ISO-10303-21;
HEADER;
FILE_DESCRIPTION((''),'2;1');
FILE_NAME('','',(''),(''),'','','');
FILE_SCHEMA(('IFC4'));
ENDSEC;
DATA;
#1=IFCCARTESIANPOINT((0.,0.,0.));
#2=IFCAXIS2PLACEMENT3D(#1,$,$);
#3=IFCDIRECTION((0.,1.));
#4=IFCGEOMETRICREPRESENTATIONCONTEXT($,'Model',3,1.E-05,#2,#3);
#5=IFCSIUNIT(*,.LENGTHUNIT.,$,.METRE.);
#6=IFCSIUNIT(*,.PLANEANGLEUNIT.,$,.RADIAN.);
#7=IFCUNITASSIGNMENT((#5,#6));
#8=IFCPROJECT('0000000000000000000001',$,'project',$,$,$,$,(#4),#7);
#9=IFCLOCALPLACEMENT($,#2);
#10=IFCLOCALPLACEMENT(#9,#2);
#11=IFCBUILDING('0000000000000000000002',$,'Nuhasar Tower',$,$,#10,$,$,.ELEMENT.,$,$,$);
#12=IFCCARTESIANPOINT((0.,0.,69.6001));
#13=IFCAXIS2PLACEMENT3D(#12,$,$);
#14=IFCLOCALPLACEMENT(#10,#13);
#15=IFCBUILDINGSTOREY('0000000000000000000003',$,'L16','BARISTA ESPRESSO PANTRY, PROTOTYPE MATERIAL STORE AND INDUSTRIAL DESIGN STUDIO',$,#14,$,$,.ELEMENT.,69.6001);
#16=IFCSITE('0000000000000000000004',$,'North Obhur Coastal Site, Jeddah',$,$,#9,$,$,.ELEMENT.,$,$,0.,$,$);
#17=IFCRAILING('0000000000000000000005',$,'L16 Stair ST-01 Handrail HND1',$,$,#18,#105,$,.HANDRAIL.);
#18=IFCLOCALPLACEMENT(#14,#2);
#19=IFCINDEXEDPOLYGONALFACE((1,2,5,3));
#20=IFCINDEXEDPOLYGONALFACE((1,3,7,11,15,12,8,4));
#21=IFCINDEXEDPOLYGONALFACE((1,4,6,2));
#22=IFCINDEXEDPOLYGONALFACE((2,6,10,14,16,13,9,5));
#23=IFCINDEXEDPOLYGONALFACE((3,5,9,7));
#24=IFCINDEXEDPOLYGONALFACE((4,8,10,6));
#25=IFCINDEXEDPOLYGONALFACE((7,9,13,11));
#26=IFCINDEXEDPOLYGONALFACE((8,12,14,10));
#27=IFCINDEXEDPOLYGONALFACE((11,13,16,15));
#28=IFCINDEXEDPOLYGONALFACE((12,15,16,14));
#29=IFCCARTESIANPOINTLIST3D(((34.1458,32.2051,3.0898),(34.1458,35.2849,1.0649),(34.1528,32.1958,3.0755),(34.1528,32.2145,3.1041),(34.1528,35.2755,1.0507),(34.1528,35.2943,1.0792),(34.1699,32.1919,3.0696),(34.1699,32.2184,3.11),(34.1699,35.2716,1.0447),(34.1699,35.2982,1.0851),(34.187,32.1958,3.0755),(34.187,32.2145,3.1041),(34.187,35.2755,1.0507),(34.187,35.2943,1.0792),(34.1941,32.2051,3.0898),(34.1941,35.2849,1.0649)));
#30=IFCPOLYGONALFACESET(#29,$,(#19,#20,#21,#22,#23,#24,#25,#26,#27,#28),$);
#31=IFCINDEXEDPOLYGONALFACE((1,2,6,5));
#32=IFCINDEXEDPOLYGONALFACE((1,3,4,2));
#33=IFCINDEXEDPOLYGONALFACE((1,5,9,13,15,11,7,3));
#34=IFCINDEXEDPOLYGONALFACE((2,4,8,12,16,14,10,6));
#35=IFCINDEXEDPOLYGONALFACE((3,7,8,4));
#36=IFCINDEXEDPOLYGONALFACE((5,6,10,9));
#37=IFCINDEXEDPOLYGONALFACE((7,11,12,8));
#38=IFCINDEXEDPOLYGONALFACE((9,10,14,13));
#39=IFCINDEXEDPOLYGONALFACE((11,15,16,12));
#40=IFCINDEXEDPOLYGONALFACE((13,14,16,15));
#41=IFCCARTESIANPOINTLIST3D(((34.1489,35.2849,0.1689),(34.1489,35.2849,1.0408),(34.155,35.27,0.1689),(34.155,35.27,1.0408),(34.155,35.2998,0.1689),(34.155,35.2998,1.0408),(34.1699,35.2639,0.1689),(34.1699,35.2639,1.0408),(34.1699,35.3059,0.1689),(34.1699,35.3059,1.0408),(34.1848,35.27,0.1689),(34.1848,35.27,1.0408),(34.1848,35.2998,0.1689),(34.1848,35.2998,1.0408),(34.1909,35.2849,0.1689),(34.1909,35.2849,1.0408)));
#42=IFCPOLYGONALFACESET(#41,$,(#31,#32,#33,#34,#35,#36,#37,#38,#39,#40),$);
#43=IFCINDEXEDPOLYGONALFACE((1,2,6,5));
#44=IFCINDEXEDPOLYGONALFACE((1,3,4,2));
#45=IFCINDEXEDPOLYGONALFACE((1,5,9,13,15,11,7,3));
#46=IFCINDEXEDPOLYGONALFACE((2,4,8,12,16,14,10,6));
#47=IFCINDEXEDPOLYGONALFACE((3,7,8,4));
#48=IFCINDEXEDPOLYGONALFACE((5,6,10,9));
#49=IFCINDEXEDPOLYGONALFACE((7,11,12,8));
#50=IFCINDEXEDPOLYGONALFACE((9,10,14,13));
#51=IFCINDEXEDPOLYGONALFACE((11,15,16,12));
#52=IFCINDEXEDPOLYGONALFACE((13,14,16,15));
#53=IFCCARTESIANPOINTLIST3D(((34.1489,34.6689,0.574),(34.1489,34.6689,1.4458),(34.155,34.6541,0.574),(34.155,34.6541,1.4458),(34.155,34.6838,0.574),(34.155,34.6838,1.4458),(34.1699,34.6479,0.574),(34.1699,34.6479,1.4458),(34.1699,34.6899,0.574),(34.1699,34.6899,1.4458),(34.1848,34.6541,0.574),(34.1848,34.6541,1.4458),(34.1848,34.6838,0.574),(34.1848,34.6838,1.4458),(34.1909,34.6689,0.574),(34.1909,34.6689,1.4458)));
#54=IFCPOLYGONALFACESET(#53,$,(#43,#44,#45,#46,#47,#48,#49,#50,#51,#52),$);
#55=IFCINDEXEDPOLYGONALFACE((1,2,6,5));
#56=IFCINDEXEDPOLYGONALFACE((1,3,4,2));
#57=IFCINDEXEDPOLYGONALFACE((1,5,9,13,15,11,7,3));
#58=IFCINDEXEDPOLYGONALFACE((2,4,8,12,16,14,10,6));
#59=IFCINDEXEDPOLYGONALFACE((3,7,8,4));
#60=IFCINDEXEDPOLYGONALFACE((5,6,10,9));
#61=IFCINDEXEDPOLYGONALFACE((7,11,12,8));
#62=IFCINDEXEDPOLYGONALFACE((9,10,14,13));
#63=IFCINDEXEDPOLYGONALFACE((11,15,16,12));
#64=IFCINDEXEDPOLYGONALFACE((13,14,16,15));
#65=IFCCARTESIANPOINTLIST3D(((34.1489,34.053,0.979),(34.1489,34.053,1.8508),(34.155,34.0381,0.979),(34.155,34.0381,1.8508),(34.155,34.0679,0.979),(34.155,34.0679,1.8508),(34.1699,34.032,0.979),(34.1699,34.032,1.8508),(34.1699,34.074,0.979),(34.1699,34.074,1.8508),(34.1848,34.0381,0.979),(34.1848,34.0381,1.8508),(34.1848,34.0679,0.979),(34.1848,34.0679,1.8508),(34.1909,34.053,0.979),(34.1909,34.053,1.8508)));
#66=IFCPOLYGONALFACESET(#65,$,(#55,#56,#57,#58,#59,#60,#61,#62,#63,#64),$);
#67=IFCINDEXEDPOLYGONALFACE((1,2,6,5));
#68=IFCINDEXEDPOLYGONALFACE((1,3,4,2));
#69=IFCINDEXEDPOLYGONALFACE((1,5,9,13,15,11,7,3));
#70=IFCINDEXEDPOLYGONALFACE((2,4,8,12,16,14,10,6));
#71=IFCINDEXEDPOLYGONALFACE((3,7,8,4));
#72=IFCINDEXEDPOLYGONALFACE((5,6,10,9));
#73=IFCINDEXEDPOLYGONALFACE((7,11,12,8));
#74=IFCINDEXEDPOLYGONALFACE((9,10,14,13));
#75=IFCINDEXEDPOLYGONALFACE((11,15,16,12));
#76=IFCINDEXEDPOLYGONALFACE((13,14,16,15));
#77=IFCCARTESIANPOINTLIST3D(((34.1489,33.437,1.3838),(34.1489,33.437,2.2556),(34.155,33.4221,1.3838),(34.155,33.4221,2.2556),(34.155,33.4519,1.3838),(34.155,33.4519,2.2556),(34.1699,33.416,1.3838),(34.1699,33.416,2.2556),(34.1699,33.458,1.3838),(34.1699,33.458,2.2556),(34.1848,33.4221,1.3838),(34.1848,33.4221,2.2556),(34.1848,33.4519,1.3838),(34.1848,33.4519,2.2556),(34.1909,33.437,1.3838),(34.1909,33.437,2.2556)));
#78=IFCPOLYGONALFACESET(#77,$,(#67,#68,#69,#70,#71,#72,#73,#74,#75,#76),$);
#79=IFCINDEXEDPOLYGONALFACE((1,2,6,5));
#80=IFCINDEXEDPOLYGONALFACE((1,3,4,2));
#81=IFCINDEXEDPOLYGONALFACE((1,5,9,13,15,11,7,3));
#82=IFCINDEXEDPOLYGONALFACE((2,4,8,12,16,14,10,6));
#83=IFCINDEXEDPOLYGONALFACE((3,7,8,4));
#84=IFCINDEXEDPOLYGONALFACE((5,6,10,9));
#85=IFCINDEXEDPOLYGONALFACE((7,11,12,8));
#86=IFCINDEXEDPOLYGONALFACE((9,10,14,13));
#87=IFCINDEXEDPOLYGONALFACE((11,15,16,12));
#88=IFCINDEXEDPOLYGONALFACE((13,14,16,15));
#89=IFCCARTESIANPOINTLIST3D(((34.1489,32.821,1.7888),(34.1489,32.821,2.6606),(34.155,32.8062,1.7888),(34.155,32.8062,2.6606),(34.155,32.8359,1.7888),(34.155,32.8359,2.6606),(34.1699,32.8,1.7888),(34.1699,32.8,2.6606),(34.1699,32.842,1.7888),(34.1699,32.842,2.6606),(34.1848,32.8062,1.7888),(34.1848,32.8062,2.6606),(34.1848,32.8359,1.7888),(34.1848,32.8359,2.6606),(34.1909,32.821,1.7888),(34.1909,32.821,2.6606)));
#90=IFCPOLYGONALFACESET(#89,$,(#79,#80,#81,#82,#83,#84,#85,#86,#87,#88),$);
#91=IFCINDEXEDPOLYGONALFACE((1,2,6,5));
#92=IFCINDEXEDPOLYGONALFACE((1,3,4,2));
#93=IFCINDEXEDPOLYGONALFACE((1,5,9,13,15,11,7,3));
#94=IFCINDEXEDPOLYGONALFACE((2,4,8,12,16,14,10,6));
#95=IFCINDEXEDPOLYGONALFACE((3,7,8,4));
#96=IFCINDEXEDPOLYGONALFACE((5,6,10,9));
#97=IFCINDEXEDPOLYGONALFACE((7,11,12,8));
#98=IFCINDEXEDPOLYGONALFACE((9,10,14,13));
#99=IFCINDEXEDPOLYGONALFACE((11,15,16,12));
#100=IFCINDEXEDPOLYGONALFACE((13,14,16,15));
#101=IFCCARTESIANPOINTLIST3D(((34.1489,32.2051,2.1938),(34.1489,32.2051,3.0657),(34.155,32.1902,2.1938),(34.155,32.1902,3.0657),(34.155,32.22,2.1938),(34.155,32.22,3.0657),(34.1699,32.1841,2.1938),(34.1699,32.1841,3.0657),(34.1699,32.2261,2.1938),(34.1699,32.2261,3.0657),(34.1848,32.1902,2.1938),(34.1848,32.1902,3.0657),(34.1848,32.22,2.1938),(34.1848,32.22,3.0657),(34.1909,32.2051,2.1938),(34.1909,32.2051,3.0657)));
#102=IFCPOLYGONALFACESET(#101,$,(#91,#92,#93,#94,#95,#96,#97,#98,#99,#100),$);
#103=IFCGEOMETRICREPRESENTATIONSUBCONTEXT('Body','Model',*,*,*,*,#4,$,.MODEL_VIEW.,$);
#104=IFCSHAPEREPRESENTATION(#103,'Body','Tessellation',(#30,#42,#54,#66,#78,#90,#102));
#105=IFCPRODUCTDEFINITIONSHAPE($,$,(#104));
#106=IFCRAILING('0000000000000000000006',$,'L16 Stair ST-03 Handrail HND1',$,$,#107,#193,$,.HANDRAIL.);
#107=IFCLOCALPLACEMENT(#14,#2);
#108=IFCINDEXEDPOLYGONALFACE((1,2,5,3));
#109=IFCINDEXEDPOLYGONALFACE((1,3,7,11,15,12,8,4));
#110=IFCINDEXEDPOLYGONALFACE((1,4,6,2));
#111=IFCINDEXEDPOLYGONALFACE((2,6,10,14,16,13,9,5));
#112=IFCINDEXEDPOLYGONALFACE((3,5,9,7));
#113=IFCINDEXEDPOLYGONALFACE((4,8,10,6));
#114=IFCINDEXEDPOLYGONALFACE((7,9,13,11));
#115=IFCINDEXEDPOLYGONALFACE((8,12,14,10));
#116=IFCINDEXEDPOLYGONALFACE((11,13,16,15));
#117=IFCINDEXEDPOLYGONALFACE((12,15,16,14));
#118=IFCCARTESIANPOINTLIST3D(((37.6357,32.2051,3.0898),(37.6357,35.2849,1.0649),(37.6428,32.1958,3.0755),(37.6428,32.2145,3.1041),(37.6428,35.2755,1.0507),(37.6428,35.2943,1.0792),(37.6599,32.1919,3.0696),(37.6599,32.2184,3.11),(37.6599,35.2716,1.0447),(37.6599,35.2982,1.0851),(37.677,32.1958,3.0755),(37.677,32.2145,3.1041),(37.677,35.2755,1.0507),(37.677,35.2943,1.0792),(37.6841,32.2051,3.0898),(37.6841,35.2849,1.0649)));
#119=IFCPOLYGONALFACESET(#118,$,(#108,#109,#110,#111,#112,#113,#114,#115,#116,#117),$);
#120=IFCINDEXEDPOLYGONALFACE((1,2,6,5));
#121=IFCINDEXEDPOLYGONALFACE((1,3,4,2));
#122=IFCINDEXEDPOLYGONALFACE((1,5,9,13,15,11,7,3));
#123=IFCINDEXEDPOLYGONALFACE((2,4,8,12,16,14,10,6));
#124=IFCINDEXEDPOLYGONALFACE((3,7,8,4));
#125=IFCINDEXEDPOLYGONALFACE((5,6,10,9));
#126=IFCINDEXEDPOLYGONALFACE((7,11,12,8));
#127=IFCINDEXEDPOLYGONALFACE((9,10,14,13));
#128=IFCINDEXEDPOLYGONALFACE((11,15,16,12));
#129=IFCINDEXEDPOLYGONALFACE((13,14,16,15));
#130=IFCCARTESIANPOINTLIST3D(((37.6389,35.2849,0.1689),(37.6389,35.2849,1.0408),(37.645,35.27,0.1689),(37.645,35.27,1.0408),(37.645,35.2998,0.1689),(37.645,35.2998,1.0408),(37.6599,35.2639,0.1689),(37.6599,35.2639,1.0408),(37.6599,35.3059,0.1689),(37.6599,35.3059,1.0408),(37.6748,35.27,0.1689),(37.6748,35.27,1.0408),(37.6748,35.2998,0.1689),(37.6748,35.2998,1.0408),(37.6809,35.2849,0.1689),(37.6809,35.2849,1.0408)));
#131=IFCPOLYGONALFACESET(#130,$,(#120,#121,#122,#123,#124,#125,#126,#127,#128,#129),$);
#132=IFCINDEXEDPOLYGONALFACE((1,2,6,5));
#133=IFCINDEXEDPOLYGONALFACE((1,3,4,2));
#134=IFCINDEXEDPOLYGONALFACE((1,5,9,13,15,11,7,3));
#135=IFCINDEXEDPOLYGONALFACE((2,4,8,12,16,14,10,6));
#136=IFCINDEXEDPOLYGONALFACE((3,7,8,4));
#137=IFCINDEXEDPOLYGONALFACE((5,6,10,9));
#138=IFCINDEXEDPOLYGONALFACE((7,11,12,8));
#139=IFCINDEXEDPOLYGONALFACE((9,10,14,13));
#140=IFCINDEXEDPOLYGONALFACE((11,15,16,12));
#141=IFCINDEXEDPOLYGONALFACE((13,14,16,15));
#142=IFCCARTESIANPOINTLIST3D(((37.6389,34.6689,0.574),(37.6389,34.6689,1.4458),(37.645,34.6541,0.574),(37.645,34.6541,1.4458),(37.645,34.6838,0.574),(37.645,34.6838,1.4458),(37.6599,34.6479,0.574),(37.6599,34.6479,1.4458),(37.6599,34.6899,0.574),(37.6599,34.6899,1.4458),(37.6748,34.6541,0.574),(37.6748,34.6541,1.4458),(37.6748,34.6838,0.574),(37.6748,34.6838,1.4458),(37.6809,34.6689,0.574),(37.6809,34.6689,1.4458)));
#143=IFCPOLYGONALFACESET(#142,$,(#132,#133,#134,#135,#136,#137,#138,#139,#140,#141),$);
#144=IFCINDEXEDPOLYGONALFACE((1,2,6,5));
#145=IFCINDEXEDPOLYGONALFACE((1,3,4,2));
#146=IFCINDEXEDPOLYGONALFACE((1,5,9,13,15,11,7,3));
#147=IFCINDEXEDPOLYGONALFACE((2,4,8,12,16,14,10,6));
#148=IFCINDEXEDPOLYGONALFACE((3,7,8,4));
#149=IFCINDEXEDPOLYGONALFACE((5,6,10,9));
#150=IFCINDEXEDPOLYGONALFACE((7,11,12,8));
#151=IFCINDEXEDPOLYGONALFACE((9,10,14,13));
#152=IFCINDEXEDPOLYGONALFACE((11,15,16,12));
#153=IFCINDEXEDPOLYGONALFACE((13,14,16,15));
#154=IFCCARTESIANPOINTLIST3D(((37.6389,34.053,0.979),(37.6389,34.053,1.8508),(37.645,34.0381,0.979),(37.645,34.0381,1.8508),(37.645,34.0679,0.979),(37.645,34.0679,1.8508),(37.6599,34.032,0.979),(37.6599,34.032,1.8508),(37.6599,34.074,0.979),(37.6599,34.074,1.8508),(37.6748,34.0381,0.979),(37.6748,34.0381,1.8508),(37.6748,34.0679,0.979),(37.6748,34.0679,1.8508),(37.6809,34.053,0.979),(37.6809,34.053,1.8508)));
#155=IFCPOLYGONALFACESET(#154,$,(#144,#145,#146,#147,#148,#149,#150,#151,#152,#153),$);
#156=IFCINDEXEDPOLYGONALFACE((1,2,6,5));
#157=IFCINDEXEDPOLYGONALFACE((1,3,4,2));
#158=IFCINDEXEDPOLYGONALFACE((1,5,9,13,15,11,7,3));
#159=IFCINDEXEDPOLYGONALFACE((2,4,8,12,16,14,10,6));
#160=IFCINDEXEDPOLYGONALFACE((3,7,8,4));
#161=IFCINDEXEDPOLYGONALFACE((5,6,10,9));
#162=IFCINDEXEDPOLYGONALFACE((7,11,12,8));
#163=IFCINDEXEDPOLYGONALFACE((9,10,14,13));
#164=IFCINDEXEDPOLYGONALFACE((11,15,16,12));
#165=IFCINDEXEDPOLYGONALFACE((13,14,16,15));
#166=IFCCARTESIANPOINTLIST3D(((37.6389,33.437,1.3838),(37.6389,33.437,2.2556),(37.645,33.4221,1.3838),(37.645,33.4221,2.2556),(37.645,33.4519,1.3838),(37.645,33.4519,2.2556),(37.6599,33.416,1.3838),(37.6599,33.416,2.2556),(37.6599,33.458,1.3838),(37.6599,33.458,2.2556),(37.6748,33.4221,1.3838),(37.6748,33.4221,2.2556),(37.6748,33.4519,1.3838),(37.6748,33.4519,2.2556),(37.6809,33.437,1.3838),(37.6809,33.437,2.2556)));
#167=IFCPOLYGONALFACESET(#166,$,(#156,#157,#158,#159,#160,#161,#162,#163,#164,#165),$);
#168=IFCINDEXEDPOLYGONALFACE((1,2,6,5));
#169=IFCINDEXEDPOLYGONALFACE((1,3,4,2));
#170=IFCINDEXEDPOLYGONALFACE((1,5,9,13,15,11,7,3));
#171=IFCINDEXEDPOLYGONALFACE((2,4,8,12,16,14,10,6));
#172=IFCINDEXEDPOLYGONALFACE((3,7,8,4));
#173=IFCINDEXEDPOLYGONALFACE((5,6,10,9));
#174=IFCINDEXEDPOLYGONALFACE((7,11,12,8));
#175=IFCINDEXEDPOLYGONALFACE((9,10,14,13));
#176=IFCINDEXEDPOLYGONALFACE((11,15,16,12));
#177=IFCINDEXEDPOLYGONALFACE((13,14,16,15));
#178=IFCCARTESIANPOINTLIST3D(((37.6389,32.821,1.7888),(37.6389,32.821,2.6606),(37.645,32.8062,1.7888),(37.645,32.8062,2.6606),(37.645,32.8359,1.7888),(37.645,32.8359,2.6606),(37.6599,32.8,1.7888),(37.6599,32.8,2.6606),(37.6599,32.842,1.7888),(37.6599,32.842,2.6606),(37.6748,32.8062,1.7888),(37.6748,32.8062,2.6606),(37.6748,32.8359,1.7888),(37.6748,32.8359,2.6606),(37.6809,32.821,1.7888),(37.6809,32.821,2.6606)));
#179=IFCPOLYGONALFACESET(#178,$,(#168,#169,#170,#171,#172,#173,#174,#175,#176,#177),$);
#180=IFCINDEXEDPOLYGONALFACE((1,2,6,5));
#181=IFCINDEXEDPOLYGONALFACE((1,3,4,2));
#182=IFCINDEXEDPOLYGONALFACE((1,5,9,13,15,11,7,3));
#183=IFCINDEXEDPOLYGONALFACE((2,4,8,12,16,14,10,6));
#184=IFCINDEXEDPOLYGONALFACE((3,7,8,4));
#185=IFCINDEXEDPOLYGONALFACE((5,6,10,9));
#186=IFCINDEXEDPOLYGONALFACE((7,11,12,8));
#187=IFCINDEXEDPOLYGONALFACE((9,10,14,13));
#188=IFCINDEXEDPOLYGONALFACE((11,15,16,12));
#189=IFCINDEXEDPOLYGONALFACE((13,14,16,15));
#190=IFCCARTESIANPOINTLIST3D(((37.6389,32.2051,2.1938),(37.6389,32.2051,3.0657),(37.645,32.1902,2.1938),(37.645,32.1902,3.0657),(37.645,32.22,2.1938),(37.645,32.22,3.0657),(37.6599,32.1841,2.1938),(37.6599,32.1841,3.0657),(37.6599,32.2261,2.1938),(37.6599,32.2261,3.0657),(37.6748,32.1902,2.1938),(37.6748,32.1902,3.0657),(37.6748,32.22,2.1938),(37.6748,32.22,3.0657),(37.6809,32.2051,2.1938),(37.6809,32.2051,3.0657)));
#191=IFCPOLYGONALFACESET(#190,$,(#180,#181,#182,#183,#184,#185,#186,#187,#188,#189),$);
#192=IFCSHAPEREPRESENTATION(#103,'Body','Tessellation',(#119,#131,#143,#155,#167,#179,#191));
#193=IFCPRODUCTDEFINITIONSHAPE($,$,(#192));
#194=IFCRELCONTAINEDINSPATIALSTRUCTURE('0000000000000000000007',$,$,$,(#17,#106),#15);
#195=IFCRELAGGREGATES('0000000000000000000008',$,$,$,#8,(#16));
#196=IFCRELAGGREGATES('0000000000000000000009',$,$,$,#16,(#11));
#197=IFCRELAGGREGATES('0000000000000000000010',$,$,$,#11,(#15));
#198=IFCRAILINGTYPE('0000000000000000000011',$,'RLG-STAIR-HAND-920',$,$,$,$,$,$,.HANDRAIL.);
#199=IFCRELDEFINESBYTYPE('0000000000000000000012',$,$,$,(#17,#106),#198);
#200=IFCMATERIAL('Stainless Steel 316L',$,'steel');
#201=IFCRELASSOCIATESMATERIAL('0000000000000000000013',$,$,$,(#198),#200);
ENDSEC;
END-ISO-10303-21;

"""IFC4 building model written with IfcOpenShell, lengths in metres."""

from ifc_helpers import new_model, si_unit, direction, frame, origin, place, context, subcontext, project, spatial, polyline, outline, extrude, material, type_object, element, save


model = new_model("IFC4")

# Units and contexts
model_context = context("Model", 3, precision=1e-05, world=origin(), true_north=direction((0.0, 1.0)))
body_context = subcontext(model_context, "Body", "Model", "MODEL_VIEW")
ifc_project = project(units=[si_unit("LENGTHUNIT", "METRE"), si_unit("PLANEANGLEUNIT", "RADIAN")], contexts=[model_context])

# Site, building, storey
site_placement = place(None, origin())
site = spatial("IfcSite", under=ifc_project, at=site_placement, Name="North Obhur Coastal Site, Jeddah", CompositionType="ELEMENT", RefElevation=0.0)
building_placement = place(site_placement, origin())
building = spatial("IfcBuilding", under=site, at=building_placement, Name="Nuhasar Tower", CompositionType="ELEMENT")
storey_placement = place(building_placement, frame((0.0, 0.0, 69.6001)))
storey = spatial("IfcBuildingStorey", under=building, at=storey_placement, Name="L16", Description="BARISTA ESPRESSO PANTRY, PROTOTYPE MATERIAL STORE AND INDUSTRIAL DESIGN STUDIO", CompositionType="ELEMENT", Elevation=69.6001)

# Railings
ifc_material_1 = material(Name="Stainless Steel 316L", Category="steel")
railing_type_1 = type_object("IfcRailingType", Name="RLG-STAIR-HAND-920", PredefinedType="HANDRAIL", material=ifc_material_1)
railing_1_placement = place(storey_placement, frame((34.1699, 35.2849, 0.1689)))
element("IfcRailing", 1, at=railing_1_placement, inside=storey, type_object=railing_type_1, Name="L16 Stair ST-01 Handrail HND1", PredefinedType="HANDRAIL", context=body_context, shape_type="SweptSolid", body=[
    extrude(outline(polyline([(0.0242, 0.0), (0.0171, 0.0171), (0.0, 0.0242), (-0.0171, 0.0171), (-0.0242, 0.0), (-0.0171, -0.0171), (0.0, -0.0242), (0.0171, -0.0171), (0.0242, 0.0)])), frame((0.0, 0.0, 0.896), z_axis=(0.0, -0.83558, 0.54937), x_axis=(1.0, 0.0, 0.0)), (0.0, 0.0, 1.0), 3.6858),
    extrude(outline(polyline([(0.021, 0.0), (0.0149, 0.0149), (0.0, 0.021), (-0.0149, 0.0149), (-0.021, 0.0), (-0.0149, -0.0149), (0.0, -0.021), (0.0149, -0.0149), (0.021, 0.0)])), origin(), (0.0, 0.0, 1.0), 0.8718),
    extrude(outline(polyline([(0.021, 0.0), (0.0149, 0.0149), (0.0, 0.021), (-0.0149, 0.0149), (-0.021, 0.0), (-0.0149, -0.0149), (0.0, -0.021), (0.0149, -0.0149), (0.021, 0.0)])), frame((0.0, -0.616, 0.405)), (0.0, 0.0, 1.0), 0.8718),
    extrude(outline(polyline([(0.021, 0.0), (0.0149, 0.0149), (0.0, 0.021), (-0.0149, 0.0149), (-0.021, 0.0), (-0.0149, -0.0149), (0.0, -0.021), (0.0149, -0.0149), (0.021, 0.0)])), frame((0.0, -1.2319, 0.8101)), (0.0, 0.0, 1.0), 0.8718),
    extrude(outline(polyline([(0.021, 0.0), (0.0149, 0.0149), (0.0, 0.021), (-0.0149, 0.0149), (-0.021, 0.0), (-0.0149, -0.0149), (0.0, -0.021), (0.0149, -0.0149), (0.021, 0.0)])), frame((0.0, -1.8479, 1.2148)), (0.0, 0.0, 1.0), 0.8718),
    extrude(outline(polyline([(0.021, 0.0), (0.0149, 0.0149), (0.0, 0.021), (-0.0149, 0.0149), (-0.021, 0.0), (-0.0149, -0.0149), (0.0, -0.021), (0.0149, -0.0149), (0.021, 0.0)])), frame((0.0, -2.4639, 1.6199)), (0.0, 0.0, 1.0), 0.8718),
    extrude(outline(polyline([(0.021, 0.0), (0.0149, 0.0149), (0.0, 0.021), (-0.0149, 0.0149), (-0.021, 0.0), (-0.0149, -0.0149), (0.0, -0.021), (0.0149, -0.0149), (0.021, 0.0)])), frame((0.0, -3.0798, 2.0249)), (0.0, 0.0, 1.0), 0.8718),
])
railing_2_placement = place(storey_placement, frame((37.6599, 35.2849, 0.1689)))
element("IfcRailing", 2, at=railing_2_placement, inside=storey, type_object=railing_type_1, Name="L16 Stair ST-03 Handrail HND1", PredefinedType="HANDRAIL", context=body_context, shape_type="SweptSolid", body=[
    extrude(outline(polyline([(0.0242, 0.0), (0.0171, 0.0171), (0.0, 0.0242), (-0.0171, 0.0171), (-0.0242, 0.0), (-0.0171, -0.0171), (0.0, -0.0242), (0.0171, -0.0171), (0.0242, 0.0)])), frame((0.0, 0.0, 0.896), z_axis=(0.0, -0.83558, 0.54937), x_axis=(1.0, 0.0, 0.0)), (0.0, 0.0, 1.0), 3.6858),
    extrude(outline(polyline([(0.021, 0.0), (0.0149, 0.0149), (0.0, 0.021), (-0.0149, 0.0149), (-0.021, 0.0), (-0.0149, -0.0149), (0.0, -0.021), (0.0149, -0.0149), (0.021, 0.0)])), origin(), (0.0, 0.0, 1.0), 0.8718),
    extrude(outline(polyline([(0.021, 0.0), (0.0149, 0.0149), (0.0, 0.021), (-0.0149, 0.0149), (-0.021, 0.0), (-0.0149, -0.0149), (0.0, -0.021), (0.0149, -0.0149), (0.021, 0.0)])), frame((0.0, -0.616, 0.405)), (0.0, 0.0, 1.0), 0.8718),
    extrude(outline(polyline([(0.021, 0.0), (0.0149, 0.0149), (0.0, 0.021), (-0.0149, 0.0149), (-0.021, 0.0), (-0.0149, -0.0149), (0.0, -0.021), (0.0149, -0.0149), (0.021, 0.0)])), frame((0.0, -1.2319, 0.8101)), (0.0, 0.0, 1.0), 0.8718),
    extrude(outline(polyline([(0.021, 0.0), (0.0149, 0.0149), (0.0, 0.021), (-0.0149, 0.0149), (-0.021, 0.0), (-0.0149, -0.0149), (0.0, -0.021), (0.0149, -0.0149), (0.021, 0.0)])), frame((0.0, -1.8479, 1.2148)), (0.0, 0.0, 1.0), 0.8718),
    extrude(outline(polyline([(0.021, 0.0), (0.0149, 0.0149), (0.0, 0.021), (-0.0149, 0.0149), (-0.021, 0.0), (-0.0149, -0.0149), (0.0, -0.021), (0.0149, -0.0149), (0.021, 0.0)])), frame((0.0, -2.4639, 1.6199)), (0.0, 0.0, 1.0), 0.8718),
    extrude(outline(polyline([(0.021, 0.0), (0.0149, 0.0149), (0.0, 0.021), (-0.0149, 0.0149), (-0.021, 0.0), (-0.0149, -0.0149), (0.0, -0.021), (0.0149, -0.0149), (0.021, 0.0)])), frame((0.0, -3.0798, 2.0249)), (0.0, 0.0, 1.0), 0.8718),
])

save(model, "model.ifc")
